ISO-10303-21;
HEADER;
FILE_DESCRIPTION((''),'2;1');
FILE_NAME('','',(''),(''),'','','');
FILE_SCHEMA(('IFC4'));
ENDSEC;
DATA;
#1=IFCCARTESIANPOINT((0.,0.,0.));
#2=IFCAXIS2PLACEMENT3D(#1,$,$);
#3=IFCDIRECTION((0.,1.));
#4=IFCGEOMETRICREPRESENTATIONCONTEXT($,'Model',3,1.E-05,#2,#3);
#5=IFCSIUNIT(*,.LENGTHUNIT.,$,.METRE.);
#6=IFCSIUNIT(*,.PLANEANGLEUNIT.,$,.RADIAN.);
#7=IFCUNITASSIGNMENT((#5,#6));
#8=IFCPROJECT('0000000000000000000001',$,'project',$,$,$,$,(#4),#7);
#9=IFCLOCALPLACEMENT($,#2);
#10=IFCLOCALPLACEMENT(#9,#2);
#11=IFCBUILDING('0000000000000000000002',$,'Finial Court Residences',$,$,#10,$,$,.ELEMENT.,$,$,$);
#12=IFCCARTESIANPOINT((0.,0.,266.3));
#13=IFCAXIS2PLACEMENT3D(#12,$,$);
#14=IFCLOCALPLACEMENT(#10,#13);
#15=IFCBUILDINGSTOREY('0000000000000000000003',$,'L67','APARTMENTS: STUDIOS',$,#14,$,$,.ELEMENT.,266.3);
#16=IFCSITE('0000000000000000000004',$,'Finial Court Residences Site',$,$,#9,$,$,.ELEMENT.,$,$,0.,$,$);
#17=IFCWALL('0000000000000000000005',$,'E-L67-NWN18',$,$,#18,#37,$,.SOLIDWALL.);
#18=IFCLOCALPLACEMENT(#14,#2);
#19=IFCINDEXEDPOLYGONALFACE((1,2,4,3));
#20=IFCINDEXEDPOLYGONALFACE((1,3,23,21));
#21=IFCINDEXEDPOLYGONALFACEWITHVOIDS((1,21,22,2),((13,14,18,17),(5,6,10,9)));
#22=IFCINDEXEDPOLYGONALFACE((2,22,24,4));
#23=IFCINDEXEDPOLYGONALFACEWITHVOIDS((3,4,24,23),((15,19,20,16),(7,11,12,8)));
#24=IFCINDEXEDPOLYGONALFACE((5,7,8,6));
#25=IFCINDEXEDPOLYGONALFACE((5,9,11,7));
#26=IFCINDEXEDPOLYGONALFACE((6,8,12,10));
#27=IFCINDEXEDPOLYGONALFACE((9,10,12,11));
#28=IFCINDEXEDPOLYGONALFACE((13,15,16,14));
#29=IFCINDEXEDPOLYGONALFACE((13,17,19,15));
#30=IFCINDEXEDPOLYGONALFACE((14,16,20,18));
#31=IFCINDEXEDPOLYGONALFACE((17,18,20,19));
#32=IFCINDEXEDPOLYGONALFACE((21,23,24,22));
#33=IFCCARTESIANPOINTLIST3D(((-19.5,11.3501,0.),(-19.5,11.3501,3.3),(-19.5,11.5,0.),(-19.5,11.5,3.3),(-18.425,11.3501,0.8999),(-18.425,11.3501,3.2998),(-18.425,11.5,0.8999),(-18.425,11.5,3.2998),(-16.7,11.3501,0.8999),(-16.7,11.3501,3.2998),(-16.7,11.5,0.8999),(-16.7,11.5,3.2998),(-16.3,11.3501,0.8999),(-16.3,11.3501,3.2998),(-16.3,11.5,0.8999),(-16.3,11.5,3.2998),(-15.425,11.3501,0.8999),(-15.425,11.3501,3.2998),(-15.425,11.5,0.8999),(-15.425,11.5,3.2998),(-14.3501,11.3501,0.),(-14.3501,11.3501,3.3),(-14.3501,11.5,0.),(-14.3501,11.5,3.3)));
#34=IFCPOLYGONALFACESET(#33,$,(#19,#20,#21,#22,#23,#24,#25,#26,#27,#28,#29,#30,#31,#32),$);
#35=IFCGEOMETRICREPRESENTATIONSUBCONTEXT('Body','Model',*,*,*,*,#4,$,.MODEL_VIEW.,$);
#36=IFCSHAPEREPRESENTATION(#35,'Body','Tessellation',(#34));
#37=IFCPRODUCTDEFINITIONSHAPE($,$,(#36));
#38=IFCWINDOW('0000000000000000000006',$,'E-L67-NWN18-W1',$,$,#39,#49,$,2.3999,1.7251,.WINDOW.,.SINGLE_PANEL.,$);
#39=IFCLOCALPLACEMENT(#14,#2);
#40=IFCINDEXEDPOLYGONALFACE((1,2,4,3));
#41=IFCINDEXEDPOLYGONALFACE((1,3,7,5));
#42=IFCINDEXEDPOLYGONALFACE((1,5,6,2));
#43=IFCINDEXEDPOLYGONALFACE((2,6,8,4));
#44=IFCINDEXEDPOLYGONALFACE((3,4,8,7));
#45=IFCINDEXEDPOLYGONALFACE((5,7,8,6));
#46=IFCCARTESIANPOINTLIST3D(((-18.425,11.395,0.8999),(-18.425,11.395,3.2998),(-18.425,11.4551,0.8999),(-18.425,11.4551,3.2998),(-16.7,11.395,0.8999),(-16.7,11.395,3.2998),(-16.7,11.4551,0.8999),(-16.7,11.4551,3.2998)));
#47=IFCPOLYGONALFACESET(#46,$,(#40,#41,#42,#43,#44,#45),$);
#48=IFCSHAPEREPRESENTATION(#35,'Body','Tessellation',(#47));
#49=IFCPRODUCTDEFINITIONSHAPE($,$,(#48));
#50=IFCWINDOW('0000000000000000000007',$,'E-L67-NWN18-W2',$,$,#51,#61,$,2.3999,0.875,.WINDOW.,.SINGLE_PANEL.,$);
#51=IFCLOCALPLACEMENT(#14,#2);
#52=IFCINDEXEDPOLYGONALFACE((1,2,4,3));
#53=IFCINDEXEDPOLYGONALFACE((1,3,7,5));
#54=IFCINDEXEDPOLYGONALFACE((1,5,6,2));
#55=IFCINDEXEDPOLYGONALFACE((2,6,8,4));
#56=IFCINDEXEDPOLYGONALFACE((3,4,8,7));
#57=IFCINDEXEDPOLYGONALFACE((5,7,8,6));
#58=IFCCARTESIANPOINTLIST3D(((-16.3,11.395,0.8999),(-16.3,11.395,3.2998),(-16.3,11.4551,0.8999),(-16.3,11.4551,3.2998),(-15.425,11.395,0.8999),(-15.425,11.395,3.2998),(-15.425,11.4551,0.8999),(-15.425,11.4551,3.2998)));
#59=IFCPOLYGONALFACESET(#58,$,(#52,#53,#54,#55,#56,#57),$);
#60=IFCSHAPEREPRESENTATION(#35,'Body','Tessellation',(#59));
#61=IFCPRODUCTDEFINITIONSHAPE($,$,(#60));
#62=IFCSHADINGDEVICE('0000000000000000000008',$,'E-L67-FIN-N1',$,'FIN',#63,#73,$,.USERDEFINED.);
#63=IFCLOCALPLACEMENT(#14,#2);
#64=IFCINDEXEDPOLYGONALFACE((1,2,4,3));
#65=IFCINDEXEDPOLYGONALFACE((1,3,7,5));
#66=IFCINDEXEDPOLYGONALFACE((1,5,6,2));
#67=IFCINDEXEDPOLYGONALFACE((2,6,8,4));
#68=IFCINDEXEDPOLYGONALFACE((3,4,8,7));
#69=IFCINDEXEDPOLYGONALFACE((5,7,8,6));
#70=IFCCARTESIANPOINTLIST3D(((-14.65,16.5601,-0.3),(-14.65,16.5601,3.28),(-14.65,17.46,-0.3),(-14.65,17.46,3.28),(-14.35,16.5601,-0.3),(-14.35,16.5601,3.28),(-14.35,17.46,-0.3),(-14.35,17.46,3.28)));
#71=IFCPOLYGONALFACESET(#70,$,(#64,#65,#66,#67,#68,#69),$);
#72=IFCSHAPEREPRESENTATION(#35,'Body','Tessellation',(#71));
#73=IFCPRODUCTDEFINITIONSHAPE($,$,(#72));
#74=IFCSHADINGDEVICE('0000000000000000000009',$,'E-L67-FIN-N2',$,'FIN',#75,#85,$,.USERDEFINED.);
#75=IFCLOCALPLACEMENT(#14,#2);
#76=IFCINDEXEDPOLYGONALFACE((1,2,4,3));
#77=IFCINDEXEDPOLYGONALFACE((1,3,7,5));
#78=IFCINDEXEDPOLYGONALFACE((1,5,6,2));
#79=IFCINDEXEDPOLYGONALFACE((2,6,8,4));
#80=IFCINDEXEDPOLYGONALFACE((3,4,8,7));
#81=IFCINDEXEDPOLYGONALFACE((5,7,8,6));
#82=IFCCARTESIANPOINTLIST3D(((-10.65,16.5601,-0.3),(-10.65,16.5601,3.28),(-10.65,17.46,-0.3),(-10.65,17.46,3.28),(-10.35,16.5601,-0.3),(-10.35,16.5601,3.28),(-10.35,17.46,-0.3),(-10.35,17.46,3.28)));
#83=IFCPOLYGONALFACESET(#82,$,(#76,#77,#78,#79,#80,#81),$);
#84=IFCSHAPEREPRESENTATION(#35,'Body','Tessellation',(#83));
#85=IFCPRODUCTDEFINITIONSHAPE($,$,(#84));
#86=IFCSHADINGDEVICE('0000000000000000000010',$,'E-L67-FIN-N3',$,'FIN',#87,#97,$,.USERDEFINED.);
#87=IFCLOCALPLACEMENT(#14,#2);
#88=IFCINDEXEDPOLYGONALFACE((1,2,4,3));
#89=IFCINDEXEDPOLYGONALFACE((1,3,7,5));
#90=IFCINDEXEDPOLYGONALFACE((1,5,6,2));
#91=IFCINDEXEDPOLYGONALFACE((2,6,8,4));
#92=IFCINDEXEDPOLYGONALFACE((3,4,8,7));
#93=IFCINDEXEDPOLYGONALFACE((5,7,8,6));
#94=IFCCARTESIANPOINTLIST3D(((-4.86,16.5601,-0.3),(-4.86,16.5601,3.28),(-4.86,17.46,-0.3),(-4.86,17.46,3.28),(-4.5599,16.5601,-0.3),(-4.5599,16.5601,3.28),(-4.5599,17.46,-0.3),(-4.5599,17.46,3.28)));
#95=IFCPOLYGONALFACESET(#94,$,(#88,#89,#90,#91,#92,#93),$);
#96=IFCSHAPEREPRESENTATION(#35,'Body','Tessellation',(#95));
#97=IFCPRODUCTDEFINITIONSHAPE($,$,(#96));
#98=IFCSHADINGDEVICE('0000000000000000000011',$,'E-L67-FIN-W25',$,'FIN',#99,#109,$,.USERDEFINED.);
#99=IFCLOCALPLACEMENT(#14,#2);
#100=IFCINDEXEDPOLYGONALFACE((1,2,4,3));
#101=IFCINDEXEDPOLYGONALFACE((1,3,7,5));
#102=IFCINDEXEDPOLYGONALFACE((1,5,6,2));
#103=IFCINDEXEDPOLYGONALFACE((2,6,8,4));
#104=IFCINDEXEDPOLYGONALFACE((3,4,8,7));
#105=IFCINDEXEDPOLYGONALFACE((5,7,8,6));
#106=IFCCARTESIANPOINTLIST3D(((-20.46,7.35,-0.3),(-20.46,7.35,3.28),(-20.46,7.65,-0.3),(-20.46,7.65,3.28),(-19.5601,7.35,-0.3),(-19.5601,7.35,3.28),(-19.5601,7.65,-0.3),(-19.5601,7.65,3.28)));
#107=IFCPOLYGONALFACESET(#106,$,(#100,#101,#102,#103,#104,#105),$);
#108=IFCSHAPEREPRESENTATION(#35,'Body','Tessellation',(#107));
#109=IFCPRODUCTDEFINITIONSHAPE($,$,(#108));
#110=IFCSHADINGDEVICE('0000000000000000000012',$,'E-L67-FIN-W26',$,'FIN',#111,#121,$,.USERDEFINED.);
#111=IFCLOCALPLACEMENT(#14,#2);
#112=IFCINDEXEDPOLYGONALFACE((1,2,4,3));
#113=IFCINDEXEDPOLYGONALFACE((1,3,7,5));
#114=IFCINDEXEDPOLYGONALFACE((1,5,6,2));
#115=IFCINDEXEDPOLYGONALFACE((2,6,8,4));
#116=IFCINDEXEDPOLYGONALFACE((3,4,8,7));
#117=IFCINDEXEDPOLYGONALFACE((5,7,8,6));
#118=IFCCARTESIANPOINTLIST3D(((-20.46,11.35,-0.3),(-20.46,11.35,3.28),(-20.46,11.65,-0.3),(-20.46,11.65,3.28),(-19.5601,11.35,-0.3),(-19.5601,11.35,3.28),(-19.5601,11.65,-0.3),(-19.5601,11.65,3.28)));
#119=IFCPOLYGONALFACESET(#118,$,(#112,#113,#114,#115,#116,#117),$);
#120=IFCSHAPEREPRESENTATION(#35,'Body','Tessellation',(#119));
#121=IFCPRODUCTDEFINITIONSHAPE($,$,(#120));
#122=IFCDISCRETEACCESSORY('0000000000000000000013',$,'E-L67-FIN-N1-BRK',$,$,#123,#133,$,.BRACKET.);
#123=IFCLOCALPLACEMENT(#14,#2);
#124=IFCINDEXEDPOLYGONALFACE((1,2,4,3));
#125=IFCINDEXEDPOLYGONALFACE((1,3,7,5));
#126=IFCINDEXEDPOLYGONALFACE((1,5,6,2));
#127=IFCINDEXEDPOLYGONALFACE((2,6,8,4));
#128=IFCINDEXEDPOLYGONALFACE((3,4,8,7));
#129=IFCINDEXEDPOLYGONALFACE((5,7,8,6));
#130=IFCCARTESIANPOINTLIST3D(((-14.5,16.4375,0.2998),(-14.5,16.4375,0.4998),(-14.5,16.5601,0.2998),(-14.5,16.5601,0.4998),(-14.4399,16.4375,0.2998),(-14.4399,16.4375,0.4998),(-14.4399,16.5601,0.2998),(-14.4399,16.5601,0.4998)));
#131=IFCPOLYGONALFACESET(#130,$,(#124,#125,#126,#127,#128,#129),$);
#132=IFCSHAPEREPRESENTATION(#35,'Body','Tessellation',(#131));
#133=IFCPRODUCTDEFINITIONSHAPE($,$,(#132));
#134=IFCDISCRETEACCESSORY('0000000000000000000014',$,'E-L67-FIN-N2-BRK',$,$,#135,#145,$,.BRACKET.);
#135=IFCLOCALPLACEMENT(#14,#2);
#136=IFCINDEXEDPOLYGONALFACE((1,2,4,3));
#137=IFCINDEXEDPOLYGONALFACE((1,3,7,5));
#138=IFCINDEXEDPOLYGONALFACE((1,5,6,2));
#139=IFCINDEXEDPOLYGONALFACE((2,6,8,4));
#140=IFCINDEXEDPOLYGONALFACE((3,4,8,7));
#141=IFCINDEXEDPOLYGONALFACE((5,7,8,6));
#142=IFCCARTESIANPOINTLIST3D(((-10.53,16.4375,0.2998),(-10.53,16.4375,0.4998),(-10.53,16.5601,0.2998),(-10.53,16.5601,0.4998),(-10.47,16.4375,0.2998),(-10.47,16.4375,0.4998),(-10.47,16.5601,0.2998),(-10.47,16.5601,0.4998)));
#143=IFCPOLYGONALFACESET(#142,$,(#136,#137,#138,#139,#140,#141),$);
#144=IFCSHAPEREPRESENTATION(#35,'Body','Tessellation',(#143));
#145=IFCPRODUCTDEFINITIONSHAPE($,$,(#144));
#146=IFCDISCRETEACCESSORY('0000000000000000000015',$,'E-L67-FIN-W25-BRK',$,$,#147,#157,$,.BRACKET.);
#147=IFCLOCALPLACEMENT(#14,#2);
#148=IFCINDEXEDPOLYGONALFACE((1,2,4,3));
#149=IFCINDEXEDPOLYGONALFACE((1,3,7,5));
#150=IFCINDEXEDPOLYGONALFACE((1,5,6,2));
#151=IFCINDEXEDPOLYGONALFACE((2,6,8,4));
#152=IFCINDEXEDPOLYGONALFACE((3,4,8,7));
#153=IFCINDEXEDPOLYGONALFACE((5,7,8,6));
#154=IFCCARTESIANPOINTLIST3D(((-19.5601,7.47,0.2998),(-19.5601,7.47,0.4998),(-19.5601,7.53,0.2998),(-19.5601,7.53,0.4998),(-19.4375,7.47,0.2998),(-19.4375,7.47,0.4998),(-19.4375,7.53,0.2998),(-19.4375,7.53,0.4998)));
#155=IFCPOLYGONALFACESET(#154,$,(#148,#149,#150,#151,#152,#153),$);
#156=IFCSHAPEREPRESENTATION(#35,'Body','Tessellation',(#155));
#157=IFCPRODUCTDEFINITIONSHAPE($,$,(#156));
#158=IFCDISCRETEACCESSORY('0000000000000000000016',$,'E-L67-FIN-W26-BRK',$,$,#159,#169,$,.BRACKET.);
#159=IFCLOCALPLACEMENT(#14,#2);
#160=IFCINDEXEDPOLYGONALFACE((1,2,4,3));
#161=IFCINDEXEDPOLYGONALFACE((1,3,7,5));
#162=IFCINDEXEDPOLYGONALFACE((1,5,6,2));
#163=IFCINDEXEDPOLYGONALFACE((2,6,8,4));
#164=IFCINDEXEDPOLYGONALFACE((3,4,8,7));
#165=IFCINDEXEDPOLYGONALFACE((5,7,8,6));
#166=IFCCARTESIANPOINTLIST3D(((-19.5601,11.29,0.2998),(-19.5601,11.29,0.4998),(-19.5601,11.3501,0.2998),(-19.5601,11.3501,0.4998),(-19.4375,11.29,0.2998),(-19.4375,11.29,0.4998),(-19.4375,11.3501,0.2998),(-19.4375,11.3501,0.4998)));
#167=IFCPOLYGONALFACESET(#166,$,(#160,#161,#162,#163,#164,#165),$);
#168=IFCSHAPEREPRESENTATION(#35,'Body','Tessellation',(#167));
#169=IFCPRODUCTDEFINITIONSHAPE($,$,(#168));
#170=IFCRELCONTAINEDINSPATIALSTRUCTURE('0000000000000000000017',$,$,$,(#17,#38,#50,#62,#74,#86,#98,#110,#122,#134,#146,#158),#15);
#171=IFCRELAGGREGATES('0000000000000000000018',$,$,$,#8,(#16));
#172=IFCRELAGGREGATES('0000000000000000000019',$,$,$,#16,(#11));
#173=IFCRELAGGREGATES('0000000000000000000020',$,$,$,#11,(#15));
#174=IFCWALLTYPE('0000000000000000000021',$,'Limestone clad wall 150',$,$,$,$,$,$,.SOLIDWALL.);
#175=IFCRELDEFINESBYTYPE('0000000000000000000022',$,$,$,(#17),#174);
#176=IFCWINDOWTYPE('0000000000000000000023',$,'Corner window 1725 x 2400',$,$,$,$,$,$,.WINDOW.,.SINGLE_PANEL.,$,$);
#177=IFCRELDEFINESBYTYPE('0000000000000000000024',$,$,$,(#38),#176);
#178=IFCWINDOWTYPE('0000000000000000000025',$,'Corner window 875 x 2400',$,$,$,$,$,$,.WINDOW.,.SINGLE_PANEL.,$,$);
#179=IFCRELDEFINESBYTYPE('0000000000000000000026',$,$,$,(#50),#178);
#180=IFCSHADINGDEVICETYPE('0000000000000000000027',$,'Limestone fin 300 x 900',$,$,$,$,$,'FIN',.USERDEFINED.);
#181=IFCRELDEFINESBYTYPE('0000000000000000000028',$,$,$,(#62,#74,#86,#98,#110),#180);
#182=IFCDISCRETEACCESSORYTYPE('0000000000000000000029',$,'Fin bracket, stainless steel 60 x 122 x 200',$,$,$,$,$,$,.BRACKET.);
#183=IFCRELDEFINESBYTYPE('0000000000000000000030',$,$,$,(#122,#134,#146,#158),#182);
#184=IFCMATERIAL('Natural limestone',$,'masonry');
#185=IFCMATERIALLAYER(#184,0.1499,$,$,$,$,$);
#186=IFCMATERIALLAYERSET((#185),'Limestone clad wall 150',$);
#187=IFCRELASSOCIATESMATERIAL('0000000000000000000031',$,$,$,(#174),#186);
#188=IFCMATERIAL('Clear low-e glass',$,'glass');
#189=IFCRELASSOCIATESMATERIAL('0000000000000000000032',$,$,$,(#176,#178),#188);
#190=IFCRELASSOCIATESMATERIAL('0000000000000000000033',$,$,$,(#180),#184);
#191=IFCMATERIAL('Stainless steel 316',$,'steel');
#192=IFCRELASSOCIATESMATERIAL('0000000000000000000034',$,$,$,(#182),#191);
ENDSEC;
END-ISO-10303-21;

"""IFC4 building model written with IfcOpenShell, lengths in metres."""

from ifc_helpers import new_model, si_unit, direction, frame, frame_2d, origin, origin_2d, place, context, subcontext, project, spatial, rectangle, extrude, material, layer, layer_set, type_object, element, fill, save


model = new_model("IFC4")

# Units and contexts
model_context = context("Model", 3, precision=1e-05, world=origin(), true_north=direction((0.0, 1.0)))
body_context = subcontext(model_context, "Body", "Model", "MODEL_VIEW")
ifc_project = project(units=[si_unit("LENGTHUNIT", "METRE"), si_unit("PLANEANGLEUNIT", "RADIAN")], contexts=[model_context])

# Site, building, storey
site_placement = place(None, origin())
site = spatial("IfcSite", under=ifc_project, at=site_placement, Name="Finial Court Residences Site", CompositionType="ELEMENT", RefElevation=0.0)
building_placement = place(site_placement, origin())
building = spatial("IfcBuilding", under=site, at=building_placement, Name="Finial Court Residences", CompositionType="ELEMENT")
storey_placement = place(building_placement, frame((0.0, 0.0, 266.3)))
storey = spatial("IfcBuildingStorey", under=building, at=storey_placement, Name="L67", Description="APARTMENTS: STUDIOS", CompositionType="ELEMENT", Elevation=266.3)

# Shared definitions
ifc_material_1 = material(Name="Clear low-e glass", Category="glass")

# Shared definitions
ifc_material_2 = material(Name="Natural limestone", Category="masonry")
ifc_layer_1 = layer(ifc_material_2, 0.1499)
ifc_layer_set_1 = layer_set([ifc_layer_1], Name="Limestone clad wall 150")
wall_type_1 = type_object("IfcWallType", Name="Limestone clad wall 150", PredefinedType="SOLIDWALL", material=ifc_layer_set_1)

# Wall, openings, windows
wall_1_placement = place(storey_placement, frame((-19.5, 11.425, 0.0), z_axis=(0.0, 0.0, 1.0), x_axis=(1.0, 0.0, 0.0)))
wall_1 = element("IfcWall", 1, at=wall_1_placement, inside=storey, type_object=wall_type_1, Name="E-L67-NWN18", PredefinedType="SOLIDWALL", context=body_context, shape_type="SweptSolid", body=[
    extrude(rectangle(XDim=5.1499, YDim=0.1499, at=frame_2d((2.575, 0.0))), origin(), (0.0, 0.0, 1.0), 3.3),
])
opening_1_placement = place(wall_1_placement, frame((1.075, 0.0, 0.8999)))
opening_1 = element("IfcOpeningElement", 2, at=opening_1_placement, cuts=wall_1, PredefinedType="OPENING", context=body_context, shape_type="SweptSolid", body=[
    extrude(rectangle(XDim=1.7251, YDim=2.3999, at=frame_2d((0.8625, 1.2))), frame((0.0, 0.085, 0.0), z_axis=(0.0, -1.0, 0.0), x_axis=(1.0, 0.0, 0.0)), (0.0, 0.0, 1.0), 0.1699),
])
opening_2_placement = place(wall_1_placement, frame((3.2, 0.0, 0.8999)))
opening_2 = element("IfcOpeningElement", 3, at=opening_2_placement, cuts=wall_1, PredefinedType="OPENING", context=body_context, shape_type="SweptSolid", body=[
    extrude(rectangle(XDim=0.875, YDim=2.3999, at=frame_2d((0.4375, 1.2))), frame((0.0, 0.085, 0.0), z_axis=(0.0, -1.0, 0.0), x_axis=(1.0, 0.0, 0.0)), (0.0, 0.0, 1.0), 0.1699),
])
window_type_1 = type_object("IfcWindowType", Name="Corner window 1725 x 2400", PartitioningType="SINGLE_PANEL", PredefinedType="WINDOW", material=ifc_material_1)
window_1_placement = place(opening_1_placement, origin())
window_1 = element("IfcWindow", 4, at=window_1_placement, inside=storey, type_object=window_type_1, Name="E-L67-NWN18-W1", OverallHeight=2.3999, OverallWidth=1.7251, PartitioningType="SINGLE_PANEL", PredefinedType="WINDOW", context=body_context, shape_type="SweptSolid", body=[
    extrude(rectangle(XDim=1.7251, YDim=2.3999, at=frame_2d((0.8625, 1.2))), frame((0.0, 0.03, 0.0), z_axis=(0.0, -1.0, 0.0), x_axis=(1.0, 0.0, 0.0)), (0.0, 0.0, 1.0), 0.0601),
])
fill(opening_1, window_1)
window_type_2 = type_object("IfcWindowType", Name="Corner window 875 x 2400", PartitioningType="SINGLE_PANEL", PredefinedType="WINDOW", material=ifc_material_1)
window_2_placement = place(opening_2_placement, origin())
window_2 = element("IfcWindow", 5, at=window_2_placement, inside=storey, type_object=window_type_2, Name="E-L67-NWN18-W2", OverallHeight=2.3999, OverallWidth=0.875, PartitioningType="SINGLE_PANEL", PredefinedType="WINDOW", context=body_context, shape_type="SweptSolid", body=[
    extrude(rectangle(XDim=0.875, YDim=2.3999, at=frame_2d((0.4375, 1.2))), frame((0.0, 0.03, 0.0), z_axis=(0.0, -1.0, 0.0), x_axis=(1.0, 0.0, 0.0)), (0.0, 0.0, 1.0), 0.0601),
])
fill(opening_2, window_2)

# Shading devices
shading_device_type = type_object("IfcShadingDeviceType", Name="Limestone fin 300 x 900", ElementType="FIN", PredefinedType="USERDEFINED", material=ifc_material_2)
for number, where, z_axis, x_axis, name in (
    (6, (-14.5, 17.01, -0.3), (0.0, 0.0, 1.0), (1.0, 0.0, 0.0), "E-L67-FIN-N1"),
    (7, (-10.5, 17.01, -0.3), (0.0, 0.0, 1.0), (1.0, 0.0, 0.0), "E-L67-FIN-N2"),
    (8, (-4.71, 17.01, -0.3), (0.0, 0.0, 1.0), (1.0, 0.0, 0.0), "E-L67-FIN-N3"),
):
    element("IfcShadingDevice", number, at=place(storey_placement, frame(where, z_axis=z_axis, x_axis=x_axis)), inside=storey, type_object=shading_device_type, Name=name, ObjectType="FIN", PredefinedType="USERDEFINED", context=body_context, shape_type="SweptSolid", body=[
        extrude(rectangle(XDim=0.3, YDim=0.8999, at=origin_2d()), origin(), (0.0, 0.0, 1.0), 3.5801),
    ])
for number, where, z_axis, x_axis, name in (
    (9, (-20.01, 7.5, -0.3), (0.0, 0.0, 1.0), (1.0, 0.0, 0.0), "E-L67-FIN-W25"),
    (10, (-20.01, 11.5, -0.3), (0.0, 0.0, 1.0), (1.0, 0.0, 0.0), "E-L67-FIN-W26"),
):
    element("IfcShadingDevice", number, at=place(storey_placement, frame(where, z_axis=z_axis, x_axis=x_axis)), inside=storey, type_object=shading_device_type, Name=name, ObjectType="FIN", PredefinedType="USERDEFINED", context=body_context, shape_type="SweptSolid", body=[
        extrude(rectangle(XDim=0.8999, YDim=0.3, at=origin_2d()), origin(), (0.0, 0.0, 1.0), 3.5801),
    ])

# Discrete accessories
ifc_material_3 = material(Name="Stainless steel 316", Category="steel")
discrete_accessory_type = type_object("IfcDiscreteAccessoryType", Name="Fin bracket, stainless steel 60 x 122 x 200", PredefinedType="BRACKET", material=ifc_material_3)
for number, where, z_axis, x_axis, name in (
    (11, (-14.47, 16.4988, 0.2998), (0.0, 0.0, 1.0), (1.0, 0.0, 0.0), "E-L67-FIN-N1-BRK"),
    (12, (-10.5, 16.4988, 0.2998), (0.0, 0.0, 1.0), (1.0, 0.0, 0.0), "E-L67-FIN-N2-BRK"),
):
    element("IfcDiscreteAccessory", number, at=place(storey_placement, frame(where, z_axis=z_axis, x_axis=x_axis)), inside=storey, type_object=discrete_accessory_type, Name=name, PredefinedType="BRACKET", context=body_context, shape_type="SweptSolid", body=[
        extrude(rectangle(XDim=0.0601, YDim=0.1226, at=origin_2d()), origin(), (0.0, 0.0, 1.0), 0.2),
    ])
for number, where, z_axis, x_axis, name in (
    (13, (-19.4988, 7.5, 0.2998), (0.0, 0.0, 1.0), (1.0, 0.0, 0.0), "E-L67-FIN-W25-BRK"),
    (14, (-19.4988, 11.3201, 0.2998), (0.0, 0.0, 1.0), (1.0, 0.0, 0.0), "E-L67-FIN-W26-BRK"),
):
    element("IfcDiscreteAccessory", number, at=place(storey_placement, frame(where, z_axis=z_axis, x_axis=x_axis)), inside=storey, type_object=discrete_accessory_type, Name=name, PredefinedType="BRACKET", context=body_context, shape_type="SweptSolid", body=[
        extrude(rectangle(XDim=0.1226, YDim=0.0601, at=origin_2d()), origin(), (0.0, 0.0, 1.0), 0.2),
    ])

save(model, "model.ifc")
